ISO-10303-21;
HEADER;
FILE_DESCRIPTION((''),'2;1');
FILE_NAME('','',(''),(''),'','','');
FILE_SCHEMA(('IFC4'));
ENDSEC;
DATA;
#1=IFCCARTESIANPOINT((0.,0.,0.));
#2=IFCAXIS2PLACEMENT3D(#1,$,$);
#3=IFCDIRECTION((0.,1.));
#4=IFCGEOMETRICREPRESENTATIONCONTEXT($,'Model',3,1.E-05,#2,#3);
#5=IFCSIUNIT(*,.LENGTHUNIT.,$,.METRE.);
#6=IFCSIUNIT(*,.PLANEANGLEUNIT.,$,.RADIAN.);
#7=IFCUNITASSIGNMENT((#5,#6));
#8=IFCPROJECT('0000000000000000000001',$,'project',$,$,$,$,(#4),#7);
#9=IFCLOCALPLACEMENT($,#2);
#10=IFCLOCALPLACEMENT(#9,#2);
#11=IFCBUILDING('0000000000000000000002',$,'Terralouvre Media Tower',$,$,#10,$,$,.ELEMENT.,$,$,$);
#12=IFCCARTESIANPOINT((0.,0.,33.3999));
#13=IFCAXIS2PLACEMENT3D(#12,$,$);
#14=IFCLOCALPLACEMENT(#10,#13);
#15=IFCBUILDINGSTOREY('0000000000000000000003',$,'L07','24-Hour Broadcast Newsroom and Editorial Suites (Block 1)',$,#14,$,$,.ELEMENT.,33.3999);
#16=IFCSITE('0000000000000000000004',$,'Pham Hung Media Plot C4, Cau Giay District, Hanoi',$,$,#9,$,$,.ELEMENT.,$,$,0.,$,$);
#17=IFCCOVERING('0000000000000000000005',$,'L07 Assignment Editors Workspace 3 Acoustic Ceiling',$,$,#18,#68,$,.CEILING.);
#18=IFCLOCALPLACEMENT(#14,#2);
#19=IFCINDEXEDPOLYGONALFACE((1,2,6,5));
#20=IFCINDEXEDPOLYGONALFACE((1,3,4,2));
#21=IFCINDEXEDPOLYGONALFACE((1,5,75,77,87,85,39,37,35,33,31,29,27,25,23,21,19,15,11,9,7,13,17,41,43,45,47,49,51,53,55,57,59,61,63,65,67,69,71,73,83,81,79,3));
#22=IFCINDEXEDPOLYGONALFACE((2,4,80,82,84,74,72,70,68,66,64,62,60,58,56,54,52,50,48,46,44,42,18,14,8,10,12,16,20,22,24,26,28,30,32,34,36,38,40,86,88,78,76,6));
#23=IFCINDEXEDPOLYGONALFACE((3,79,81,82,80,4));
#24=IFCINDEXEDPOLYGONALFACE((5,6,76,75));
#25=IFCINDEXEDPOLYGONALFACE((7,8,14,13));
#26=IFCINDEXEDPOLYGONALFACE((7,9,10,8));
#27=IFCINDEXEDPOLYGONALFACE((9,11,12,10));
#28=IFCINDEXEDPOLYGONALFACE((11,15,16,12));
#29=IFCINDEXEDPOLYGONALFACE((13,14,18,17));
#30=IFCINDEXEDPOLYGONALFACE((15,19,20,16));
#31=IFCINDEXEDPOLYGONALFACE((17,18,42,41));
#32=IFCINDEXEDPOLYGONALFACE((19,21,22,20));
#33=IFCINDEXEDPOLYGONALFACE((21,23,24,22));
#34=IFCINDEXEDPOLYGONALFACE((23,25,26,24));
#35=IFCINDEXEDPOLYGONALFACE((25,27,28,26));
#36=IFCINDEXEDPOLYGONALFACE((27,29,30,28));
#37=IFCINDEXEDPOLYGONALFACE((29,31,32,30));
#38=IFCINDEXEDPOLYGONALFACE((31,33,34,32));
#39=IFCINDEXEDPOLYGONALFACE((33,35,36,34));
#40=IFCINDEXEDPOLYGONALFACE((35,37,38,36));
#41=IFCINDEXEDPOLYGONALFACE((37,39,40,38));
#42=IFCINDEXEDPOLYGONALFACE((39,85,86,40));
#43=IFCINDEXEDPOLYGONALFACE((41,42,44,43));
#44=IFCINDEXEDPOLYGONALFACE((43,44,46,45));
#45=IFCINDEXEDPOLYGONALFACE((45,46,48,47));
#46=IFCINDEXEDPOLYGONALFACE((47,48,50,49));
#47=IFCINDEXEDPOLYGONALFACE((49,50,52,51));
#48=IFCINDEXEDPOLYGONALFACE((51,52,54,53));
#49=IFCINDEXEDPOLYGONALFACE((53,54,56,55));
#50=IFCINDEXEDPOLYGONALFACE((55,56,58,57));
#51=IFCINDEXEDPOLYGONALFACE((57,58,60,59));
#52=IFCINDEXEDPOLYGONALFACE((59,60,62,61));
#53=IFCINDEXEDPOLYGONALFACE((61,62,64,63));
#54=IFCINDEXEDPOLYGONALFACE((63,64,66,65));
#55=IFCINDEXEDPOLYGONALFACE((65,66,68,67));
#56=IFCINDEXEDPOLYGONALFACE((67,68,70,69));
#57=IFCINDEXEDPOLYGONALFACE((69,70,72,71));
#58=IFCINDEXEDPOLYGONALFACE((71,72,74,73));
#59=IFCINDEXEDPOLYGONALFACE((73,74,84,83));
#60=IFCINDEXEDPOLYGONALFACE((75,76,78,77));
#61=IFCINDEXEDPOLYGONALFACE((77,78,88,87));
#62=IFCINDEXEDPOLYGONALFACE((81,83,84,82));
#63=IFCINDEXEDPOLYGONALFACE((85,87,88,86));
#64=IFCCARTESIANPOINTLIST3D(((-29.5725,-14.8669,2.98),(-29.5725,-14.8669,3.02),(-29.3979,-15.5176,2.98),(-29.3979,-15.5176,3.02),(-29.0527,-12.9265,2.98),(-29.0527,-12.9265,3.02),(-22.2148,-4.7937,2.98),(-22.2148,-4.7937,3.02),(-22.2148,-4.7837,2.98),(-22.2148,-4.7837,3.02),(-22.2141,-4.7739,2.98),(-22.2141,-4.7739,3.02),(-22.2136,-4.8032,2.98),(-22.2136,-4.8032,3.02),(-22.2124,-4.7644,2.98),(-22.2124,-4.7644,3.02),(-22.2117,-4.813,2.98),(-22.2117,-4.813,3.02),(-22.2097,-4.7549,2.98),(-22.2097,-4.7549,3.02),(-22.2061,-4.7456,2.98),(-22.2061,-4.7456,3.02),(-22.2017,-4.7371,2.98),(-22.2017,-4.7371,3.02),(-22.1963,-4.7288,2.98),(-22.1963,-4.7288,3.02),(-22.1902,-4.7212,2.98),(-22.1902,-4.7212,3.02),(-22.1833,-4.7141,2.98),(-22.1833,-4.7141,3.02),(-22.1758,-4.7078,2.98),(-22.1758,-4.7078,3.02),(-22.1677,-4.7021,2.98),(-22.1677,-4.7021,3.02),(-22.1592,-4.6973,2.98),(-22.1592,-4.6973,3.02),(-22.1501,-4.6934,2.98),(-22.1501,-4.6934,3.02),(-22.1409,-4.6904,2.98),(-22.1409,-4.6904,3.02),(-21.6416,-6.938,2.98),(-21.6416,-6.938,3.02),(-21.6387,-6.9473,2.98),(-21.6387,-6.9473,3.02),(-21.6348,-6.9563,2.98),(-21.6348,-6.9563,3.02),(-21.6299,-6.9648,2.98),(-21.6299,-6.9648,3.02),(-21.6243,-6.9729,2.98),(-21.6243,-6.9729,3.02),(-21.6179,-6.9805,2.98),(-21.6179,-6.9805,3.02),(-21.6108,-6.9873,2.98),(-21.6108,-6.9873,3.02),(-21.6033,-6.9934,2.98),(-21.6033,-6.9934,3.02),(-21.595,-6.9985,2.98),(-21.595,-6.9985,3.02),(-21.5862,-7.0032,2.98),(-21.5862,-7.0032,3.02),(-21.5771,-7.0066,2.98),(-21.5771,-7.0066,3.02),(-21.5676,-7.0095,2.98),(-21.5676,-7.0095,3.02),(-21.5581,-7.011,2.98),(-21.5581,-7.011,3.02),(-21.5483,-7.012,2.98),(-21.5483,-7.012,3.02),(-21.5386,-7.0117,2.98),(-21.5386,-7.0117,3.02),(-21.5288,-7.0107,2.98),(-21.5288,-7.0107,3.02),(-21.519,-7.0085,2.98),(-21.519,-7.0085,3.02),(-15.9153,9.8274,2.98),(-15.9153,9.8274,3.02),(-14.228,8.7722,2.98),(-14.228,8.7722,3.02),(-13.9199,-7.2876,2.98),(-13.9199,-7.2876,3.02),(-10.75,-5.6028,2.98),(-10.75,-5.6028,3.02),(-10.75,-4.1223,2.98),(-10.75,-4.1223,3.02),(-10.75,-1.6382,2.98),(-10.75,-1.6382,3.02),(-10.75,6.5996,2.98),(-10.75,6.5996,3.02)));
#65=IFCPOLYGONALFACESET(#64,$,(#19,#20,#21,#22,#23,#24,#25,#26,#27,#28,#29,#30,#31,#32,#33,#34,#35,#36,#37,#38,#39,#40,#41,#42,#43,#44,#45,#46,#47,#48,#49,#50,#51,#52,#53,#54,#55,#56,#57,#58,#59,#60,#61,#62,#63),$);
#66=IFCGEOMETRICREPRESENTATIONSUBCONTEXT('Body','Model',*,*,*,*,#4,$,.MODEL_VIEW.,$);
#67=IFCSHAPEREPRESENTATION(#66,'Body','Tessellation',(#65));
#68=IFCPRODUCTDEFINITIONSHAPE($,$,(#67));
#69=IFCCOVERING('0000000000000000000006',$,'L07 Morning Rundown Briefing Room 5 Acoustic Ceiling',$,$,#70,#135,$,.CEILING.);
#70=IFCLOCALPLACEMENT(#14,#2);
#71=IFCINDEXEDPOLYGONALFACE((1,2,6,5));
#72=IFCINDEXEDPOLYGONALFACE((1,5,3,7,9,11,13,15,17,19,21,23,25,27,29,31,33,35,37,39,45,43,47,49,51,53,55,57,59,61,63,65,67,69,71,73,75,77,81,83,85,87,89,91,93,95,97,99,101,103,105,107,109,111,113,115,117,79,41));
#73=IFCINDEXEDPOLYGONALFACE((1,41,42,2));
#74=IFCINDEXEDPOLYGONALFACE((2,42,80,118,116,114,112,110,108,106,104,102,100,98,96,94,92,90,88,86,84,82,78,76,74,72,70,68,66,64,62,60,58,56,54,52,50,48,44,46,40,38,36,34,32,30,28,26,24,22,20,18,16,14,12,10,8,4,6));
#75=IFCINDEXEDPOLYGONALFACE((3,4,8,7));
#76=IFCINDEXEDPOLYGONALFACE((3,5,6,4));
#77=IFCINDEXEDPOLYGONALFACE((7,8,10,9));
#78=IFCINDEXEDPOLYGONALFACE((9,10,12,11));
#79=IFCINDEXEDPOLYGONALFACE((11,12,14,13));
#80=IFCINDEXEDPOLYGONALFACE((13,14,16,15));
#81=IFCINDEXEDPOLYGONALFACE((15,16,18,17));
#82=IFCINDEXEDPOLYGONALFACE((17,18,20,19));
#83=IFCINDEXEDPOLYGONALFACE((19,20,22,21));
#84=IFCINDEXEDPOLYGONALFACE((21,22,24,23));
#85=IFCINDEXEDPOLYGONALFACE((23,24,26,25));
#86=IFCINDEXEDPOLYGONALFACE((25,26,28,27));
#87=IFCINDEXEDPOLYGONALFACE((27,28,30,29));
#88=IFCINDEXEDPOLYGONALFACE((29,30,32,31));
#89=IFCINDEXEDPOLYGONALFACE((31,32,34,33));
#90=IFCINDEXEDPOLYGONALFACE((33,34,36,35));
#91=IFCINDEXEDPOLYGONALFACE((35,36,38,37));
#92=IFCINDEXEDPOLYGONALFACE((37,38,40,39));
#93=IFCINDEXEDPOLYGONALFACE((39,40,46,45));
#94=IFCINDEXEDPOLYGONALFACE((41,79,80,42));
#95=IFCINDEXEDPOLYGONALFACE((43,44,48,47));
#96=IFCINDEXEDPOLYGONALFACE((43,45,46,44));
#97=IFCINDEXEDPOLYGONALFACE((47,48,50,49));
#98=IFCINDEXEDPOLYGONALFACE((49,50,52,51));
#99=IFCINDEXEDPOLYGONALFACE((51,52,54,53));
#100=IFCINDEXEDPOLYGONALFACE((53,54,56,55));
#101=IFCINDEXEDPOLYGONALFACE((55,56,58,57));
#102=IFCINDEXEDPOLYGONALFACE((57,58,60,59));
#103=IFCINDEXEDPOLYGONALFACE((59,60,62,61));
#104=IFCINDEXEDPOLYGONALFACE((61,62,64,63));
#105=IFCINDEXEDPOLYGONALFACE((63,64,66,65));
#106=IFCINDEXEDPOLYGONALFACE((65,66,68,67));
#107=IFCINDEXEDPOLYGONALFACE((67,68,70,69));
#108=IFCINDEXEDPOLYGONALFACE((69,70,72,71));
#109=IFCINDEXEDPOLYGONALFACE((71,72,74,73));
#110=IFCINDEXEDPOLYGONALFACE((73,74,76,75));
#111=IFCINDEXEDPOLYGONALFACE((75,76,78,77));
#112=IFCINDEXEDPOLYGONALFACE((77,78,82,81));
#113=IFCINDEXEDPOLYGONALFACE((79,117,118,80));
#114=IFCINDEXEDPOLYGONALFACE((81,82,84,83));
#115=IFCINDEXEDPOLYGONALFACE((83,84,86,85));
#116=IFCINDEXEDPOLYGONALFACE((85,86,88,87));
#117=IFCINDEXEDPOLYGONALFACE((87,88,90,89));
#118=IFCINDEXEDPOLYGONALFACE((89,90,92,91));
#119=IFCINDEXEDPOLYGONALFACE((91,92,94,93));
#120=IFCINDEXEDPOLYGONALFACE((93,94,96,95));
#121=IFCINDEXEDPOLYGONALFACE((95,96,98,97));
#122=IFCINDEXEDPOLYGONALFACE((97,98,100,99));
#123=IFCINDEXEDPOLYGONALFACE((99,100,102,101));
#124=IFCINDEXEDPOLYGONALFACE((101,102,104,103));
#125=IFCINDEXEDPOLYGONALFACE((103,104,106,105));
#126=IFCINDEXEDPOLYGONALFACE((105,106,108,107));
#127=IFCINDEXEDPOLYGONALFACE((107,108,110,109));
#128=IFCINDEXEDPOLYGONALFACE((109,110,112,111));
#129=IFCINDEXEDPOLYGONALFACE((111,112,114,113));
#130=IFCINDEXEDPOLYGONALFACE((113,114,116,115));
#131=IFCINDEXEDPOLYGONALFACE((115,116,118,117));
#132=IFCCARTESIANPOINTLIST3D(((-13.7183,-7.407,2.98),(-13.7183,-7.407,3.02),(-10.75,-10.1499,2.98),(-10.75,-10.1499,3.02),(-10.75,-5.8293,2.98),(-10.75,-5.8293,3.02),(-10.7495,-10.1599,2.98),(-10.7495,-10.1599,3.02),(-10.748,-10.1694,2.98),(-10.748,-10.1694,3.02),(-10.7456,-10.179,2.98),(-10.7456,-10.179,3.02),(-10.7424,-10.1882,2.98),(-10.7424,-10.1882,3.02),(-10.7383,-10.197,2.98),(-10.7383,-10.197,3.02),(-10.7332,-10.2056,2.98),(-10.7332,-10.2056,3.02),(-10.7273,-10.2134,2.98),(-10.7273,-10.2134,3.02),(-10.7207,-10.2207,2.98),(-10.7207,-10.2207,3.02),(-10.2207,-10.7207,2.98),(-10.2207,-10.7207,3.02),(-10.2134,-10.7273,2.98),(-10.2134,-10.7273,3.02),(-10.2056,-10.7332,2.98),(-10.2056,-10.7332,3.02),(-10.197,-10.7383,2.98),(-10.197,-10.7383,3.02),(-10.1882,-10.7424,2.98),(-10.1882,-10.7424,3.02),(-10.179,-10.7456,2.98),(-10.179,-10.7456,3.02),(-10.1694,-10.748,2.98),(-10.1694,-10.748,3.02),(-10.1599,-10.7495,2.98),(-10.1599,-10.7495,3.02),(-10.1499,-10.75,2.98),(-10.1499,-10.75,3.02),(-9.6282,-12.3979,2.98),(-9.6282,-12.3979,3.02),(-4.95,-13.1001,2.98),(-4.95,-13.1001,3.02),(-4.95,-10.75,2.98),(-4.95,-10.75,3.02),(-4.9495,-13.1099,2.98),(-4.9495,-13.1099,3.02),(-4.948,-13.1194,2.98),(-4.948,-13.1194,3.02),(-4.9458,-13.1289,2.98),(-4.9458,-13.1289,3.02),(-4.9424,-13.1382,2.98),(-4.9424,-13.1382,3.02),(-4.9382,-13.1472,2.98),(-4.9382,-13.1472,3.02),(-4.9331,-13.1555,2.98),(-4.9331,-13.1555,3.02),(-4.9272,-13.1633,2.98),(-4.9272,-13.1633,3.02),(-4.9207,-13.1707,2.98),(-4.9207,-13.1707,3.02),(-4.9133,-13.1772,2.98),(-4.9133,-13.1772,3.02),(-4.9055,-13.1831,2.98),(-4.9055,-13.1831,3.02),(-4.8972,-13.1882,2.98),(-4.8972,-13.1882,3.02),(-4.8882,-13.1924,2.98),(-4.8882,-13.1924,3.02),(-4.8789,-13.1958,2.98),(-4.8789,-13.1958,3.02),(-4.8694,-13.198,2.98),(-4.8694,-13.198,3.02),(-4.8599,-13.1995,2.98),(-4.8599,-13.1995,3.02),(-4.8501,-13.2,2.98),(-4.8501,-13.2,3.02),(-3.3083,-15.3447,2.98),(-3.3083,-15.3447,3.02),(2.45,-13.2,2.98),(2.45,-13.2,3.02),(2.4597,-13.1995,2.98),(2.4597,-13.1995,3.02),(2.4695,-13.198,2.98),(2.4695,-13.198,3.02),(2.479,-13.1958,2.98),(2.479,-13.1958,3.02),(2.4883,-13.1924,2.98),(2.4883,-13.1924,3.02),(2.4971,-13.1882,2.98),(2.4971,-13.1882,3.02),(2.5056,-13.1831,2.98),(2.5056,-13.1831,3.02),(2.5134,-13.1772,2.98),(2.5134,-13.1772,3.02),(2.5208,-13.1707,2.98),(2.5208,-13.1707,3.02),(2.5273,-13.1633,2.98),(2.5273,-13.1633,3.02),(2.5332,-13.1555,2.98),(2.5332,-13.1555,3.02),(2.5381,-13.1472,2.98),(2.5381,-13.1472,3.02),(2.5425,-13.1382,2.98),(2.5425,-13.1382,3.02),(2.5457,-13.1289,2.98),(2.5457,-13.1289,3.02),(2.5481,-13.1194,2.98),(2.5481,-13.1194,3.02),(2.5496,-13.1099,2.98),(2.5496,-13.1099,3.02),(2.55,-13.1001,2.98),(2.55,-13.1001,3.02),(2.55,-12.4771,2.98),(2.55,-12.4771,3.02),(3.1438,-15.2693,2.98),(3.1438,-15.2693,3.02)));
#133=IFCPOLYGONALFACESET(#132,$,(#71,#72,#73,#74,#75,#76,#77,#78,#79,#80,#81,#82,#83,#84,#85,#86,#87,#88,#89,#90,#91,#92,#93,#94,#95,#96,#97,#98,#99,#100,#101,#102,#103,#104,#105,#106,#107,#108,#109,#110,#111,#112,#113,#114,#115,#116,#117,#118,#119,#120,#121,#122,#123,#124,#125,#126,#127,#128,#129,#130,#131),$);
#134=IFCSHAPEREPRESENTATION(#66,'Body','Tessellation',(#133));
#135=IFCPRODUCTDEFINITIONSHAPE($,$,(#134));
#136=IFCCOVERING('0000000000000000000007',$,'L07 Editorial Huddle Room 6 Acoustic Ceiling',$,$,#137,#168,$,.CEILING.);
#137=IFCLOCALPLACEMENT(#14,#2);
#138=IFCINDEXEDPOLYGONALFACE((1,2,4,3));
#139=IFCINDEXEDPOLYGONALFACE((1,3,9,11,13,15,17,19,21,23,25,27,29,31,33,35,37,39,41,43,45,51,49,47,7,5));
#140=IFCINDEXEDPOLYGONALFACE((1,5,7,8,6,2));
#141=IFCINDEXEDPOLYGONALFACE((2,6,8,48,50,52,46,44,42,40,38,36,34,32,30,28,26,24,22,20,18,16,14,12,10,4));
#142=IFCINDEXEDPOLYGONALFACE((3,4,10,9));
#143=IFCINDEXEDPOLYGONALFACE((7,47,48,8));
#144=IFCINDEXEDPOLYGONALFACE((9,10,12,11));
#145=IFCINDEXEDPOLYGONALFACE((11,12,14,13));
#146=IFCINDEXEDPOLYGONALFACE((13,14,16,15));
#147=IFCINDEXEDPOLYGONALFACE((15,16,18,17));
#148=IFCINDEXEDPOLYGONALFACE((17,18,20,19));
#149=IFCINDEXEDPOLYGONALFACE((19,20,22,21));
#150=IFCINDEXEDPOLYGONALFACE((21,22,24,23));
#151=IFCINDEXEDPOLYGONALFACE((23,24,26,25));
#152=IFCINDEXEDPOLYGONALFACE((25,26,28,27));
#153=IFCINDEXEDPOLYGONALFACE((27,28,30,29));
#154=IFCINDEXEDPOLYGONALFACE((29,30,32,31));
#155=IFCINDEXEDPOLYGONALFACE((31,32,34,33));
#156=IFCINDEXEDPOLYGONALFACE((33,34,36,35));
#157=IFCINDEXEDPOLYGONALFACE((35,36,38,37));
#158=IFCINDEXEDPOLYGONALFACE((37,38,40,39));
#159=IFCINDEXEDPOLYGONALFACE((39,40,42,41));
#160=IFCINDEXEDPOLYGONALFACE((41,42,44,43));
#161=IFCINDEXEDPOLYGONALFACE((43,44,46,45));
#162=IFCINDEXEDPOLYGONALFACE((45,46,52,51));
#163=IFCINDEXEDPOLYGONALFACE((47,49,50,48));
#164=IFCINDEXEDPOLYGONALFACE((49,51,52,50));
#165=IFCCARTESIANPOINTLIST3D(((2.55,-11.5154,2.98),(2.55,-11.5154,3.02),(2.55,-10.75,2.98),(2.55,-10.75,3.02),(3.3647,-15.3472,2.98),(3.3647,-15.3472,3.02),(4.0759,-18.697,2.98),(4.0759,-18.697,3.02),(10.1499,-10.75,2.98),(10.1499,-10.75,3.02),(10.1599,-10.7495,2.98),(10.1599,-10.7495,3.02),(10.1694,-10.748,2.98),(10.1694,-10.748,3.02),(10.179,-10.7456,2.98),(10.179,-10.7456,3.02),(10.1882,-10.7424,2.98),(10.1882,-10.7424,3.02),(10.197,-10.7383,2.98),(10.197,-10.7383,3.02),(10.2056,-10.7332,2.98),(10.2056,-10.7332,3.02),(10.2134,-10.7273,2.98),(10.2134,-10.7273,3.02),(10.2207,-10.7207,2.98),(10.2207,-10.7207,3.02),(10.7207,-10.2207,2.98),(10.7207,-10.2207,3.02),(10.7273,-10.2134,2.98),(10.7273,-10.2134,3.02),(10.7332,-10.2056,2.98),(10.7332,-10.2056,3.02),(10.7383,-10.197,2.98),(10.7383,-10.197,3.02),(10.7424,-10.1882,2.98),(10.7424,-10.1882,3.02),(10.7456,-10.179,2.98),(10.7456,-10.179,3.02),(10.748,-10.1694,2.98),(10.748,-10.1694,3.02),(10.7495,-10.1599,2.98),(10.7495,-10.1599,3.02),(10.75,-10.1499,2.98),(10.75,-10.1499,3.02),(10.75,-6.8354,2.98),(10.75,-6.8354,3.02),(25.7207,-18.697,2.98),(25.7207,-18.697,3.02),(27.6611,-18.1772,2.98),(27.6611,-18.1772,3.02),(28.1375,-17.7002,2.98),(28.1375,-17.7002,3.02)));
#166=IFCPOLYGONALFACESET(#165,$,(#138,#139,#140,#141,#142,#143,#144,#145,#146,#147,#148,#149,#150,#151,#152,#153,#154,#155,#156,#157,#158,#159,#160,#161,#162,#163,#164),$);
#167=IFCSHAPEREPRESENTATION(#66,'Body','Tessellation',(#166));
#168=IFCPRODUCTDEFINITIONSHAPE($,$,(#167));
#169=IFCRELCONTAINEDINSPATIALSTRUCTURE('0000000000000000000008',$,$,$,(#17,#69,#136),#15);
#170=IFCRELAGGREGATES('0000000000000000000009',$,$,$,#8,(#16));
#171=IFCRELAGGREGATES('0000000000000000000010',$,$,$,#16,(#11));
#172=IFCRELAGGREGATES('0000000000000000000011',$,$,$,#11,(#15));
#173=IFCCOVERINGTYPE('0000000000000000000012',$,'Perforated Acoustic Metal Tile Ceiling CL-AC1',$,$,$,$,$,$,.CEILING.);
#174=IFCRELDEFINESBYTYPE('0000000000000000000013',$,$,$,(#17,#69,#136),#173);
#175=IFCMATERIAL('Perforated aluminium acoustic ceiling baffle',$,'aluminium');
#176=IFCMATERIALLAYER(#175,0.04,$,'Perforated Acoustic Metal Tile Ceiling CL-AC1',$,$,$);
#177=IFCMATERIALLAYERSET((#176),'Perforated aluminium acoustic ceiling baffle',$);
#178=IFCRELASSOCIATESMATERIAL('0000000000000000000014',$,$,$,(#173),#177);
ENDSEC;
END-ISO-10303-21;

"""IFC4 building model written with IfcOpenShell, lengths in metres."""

from ifc_helpers import new_model, si_unit, direction, frame, origin, place, context, subcontext, project, spatial, polyline, outline, extrude, material, layer, layer_set, type_object, element, save


model = new_model("IFC4")

# Units and contexts
model_context = context("Model", 3, precision=1e-05, world=origin(), true_north=direction((0.0, 1.0)))
body_context = subcontext(model_context, "Body", "Model", "MODEL_VIEW")
ifc_project = project(units=[si_unit("LENGTHUNIT", "METRE"), si_unit("PLANEANGLEUNIT", "RADIAN")], contexts=[model_context])

# Site, building, storey
site_placement = place(None, origin())
site = spatial("IfcSite", under=ifc_project, at=site_placement, Name="Pham Hung Media Plot C4, Cau Giay District, Hanoi", CompositionType="ELEMENT", RefElevation=0.0)
building_placement = place(site_placement, origin())
building = spatial("IfcBuilding", under=site, at=building_placement, Name="Terralouvre Media Tower", CompositionType="ELEMENT")
storey_placement = place(building_placement, frame((0.0, 0.0, 33.3999)))
storey = spatial("IfcBuildingStorey", under=building, at=storey_placement, Name="L07", Description="24-Hour Broadcast Newsroom and Editorial Suites (Block 1)", CompositionType="ELEMENT", Elevation=33.3999)

# Coverings
ifc_material_1 = material(Name="Perforated aluminium acoustic ceiling baffle", Category="aluminium")
ifc_layer_1 = layer(ifc_material_1, 0.04, Name="Perforated Acoustic Metal Tile Ceiling CL-AC1")
ifc_layer_set_1 = layer_set([ifc_layer_1], Name="Perforated aluminium acoustic ceiling baffle")
covering_type_1 = type_object("IfcCoveringType", Name="Perforated Acoustic Metal Tile Ceiling CL-AC1", PredefinedType="CEILING", material=ifc_layer_set_1)
covering_1_placement = place(storey_placement, frame((0.0, 0.0, 2.98)))
element("IfcCovering", 1, at=covering_1_placement, inside=storey, type_object=covering_type_1, Name="L07 Assignment Editors Workspace 3 Acoustic Ceiling", PredefinedType="CEILING", context=body_context, shape_type="SweptSolid", body=[
    extrude(outline(polyline([(-10.75, -5.6028), (-10.75, -4.1223), (-21.519, -7.0085), (-21.5288, -7.0107), (-21.5386, -7.0117), (-21.5483, -7.012), (-21.5581, -7.011), (-21.5676, -7.0095), (-21.5771, -7.0066), (-21.5862, -7.0032), (-21.595, -6.9985), (-21.6033, -6.9934), (-21.6108, -6.9873), (-21.6179, -6.9805), (-21.6243, -6.9729), (-21.6299, -6.9648), (-21.6348, -6.9563), (-21.6387, -6.9473), (-21.6416, -6.938), (-22.2117, -4.813), (-22.2136, -4.8032), (-22.2148, -4.7937), (-22.2148, -4.7837), (-22.2141, -4.7739), (-22.2124, -4.7644), (-22.2097, -4.7549), (-22.2061, -4.7456), (-22.2017, -4.7371), (-22.1963, -4.7288), (-22.1902, -4.7212), (-22.1833, -4.7141), (-22.1758, -4.7078), (-22.1677, -4.7021), (-22.1592, -4.6973), (-22.1501, -4.6934), (-22.1409, -4.6904), (-10.75, -1.6382), (-10.75, 6.5996), (-14.228, 8.7722), (-15.9153, 9.8274), (-29.0527, -12.9265), (-29.5725, -14.8669), (-29.3979, -15.5176), (-13.9199, -7.2876), (-10.75, -5.6028)])), origin(), (0.0, 0.0, 1.0), 0.04),
])
covering_2_placement = place(storey_placement, frame((0.0, 0.0, 2.98)))
element("IfcCovering", 2, at=covering_2_placement, inside=storey, type_object=covering_type_1, Name="L07 Morning Rundown Briefing Room 5 Acoustic Ceiling", PredefinedType="CEILING", context=body_context, shape_type="SweptSolid", body=[
    extrude(outline(polyline([(-9.6282, -12.3979), (-3.3083, -15.3447), (3.1438, -15.2693), (2.55, -12.4771), (2.55, -13.1001), (2.5496, -13.1099), (2.5481, -13.1194), (2.5457, -13.1289), (2.5425, -13.1382), (2.5381, -13.1472), (2.5332, -13.1555), (2.5273, -13.1633), (2.5208, -13.1707), (2.5134, -13.1772), (2.5056, -13.1831), (2.4971, -13.1882), (2.4883, -13.1924), (2.479, -13.1958), (2.4695, -13.198), (2.4597, -13.1995), (2.45, -13.2), (-4.8501, -13.2), (-4.8599, -13.1995), (-4.8694, -13.198), (-4.8789, -13.1958), (-4.8882, -13.1924), (-4.8972, -13.1882), (-4.9055, -13.1831), (-4.9133, -13.1772), (-4.9207, -13.1707), (-4.9272, -13.1633), (-4.9331, -13.1555), (-4.9382, -13.1472), (-4.9424, -13.1382), (-4.9458, -13.1289), (-4.948, -13.1194), (-4.9495, -13.1099), (-4.95, -13.1001), (-4.95, -10.75), (-10.1499, -10.75), (-10.1599, -10.7495), (-10.1694, -10.748), (-10.179, -10.7456), (-10.1882, -10.7424), (-10.197, -10.7383), (-10.2056, -10.7332), (-10.2134, -10.7273), (-10.2207, -10.7207), (-10.7207, -10.2207), (-10.7273, -10.2134), (-10.7332, -10.2056), (-10.7383, -10.197), (-10.7424, -10.1882), (-10.7456, -10.179), (-10.748, -10.1694), (-10.7495, -10.1599), (-10.75, -10.1499), (-10.75, -5.8293), (-13.7183, -7.407), (-9.6282, -12.3979)])), origin(), (0.0, 0.0, 1.0), 0.04),
])
covering_3_placement = place(storey_placement, frame((0.0, 0.0, 2.98)))
element("IfcCovering", 3, at=covering_3_placement, inside=storey, type_object=covering_type_1, Name="L07 Editorial Huddle Room 6 Acoustic Ceiling", PredefinedType="CEILING", context=body_context, shape_type="SweptSolid", body=[
    extrude(outline(polyline([(10.75, -10.1499), (10.7495, -10.1599), (10.748, -10.1694), (10.7456, -10.179), (10.7424, -10.1882), (10.7383, -10.197), (10.7332, -10.2056), (10.7273, -10.2134), (10.7207, -10.2207), (10.2207, -10.7207), (10.2134, -10.7273), (10.2056, -10.7332), (10.197, -10.7383), (10.1882, -10.7424), (10.179, -10.7456), (10.1694, -10.748), (10.1599, -10.7495), (10.1499, -10.75), (2.55, -10.75), (2.55, -11.5154), (3.3647, -15.3472), (4.0759, -18.697), (25.7207, -18.697), (27.6611, -18.1772), (28.1375, -17.7002), (10.75, -6.8354), (10.75, -10.1499)])), origin(), (0.0, 0.0, 1.0), 0.04),
])

save(model, "model.ifc")
